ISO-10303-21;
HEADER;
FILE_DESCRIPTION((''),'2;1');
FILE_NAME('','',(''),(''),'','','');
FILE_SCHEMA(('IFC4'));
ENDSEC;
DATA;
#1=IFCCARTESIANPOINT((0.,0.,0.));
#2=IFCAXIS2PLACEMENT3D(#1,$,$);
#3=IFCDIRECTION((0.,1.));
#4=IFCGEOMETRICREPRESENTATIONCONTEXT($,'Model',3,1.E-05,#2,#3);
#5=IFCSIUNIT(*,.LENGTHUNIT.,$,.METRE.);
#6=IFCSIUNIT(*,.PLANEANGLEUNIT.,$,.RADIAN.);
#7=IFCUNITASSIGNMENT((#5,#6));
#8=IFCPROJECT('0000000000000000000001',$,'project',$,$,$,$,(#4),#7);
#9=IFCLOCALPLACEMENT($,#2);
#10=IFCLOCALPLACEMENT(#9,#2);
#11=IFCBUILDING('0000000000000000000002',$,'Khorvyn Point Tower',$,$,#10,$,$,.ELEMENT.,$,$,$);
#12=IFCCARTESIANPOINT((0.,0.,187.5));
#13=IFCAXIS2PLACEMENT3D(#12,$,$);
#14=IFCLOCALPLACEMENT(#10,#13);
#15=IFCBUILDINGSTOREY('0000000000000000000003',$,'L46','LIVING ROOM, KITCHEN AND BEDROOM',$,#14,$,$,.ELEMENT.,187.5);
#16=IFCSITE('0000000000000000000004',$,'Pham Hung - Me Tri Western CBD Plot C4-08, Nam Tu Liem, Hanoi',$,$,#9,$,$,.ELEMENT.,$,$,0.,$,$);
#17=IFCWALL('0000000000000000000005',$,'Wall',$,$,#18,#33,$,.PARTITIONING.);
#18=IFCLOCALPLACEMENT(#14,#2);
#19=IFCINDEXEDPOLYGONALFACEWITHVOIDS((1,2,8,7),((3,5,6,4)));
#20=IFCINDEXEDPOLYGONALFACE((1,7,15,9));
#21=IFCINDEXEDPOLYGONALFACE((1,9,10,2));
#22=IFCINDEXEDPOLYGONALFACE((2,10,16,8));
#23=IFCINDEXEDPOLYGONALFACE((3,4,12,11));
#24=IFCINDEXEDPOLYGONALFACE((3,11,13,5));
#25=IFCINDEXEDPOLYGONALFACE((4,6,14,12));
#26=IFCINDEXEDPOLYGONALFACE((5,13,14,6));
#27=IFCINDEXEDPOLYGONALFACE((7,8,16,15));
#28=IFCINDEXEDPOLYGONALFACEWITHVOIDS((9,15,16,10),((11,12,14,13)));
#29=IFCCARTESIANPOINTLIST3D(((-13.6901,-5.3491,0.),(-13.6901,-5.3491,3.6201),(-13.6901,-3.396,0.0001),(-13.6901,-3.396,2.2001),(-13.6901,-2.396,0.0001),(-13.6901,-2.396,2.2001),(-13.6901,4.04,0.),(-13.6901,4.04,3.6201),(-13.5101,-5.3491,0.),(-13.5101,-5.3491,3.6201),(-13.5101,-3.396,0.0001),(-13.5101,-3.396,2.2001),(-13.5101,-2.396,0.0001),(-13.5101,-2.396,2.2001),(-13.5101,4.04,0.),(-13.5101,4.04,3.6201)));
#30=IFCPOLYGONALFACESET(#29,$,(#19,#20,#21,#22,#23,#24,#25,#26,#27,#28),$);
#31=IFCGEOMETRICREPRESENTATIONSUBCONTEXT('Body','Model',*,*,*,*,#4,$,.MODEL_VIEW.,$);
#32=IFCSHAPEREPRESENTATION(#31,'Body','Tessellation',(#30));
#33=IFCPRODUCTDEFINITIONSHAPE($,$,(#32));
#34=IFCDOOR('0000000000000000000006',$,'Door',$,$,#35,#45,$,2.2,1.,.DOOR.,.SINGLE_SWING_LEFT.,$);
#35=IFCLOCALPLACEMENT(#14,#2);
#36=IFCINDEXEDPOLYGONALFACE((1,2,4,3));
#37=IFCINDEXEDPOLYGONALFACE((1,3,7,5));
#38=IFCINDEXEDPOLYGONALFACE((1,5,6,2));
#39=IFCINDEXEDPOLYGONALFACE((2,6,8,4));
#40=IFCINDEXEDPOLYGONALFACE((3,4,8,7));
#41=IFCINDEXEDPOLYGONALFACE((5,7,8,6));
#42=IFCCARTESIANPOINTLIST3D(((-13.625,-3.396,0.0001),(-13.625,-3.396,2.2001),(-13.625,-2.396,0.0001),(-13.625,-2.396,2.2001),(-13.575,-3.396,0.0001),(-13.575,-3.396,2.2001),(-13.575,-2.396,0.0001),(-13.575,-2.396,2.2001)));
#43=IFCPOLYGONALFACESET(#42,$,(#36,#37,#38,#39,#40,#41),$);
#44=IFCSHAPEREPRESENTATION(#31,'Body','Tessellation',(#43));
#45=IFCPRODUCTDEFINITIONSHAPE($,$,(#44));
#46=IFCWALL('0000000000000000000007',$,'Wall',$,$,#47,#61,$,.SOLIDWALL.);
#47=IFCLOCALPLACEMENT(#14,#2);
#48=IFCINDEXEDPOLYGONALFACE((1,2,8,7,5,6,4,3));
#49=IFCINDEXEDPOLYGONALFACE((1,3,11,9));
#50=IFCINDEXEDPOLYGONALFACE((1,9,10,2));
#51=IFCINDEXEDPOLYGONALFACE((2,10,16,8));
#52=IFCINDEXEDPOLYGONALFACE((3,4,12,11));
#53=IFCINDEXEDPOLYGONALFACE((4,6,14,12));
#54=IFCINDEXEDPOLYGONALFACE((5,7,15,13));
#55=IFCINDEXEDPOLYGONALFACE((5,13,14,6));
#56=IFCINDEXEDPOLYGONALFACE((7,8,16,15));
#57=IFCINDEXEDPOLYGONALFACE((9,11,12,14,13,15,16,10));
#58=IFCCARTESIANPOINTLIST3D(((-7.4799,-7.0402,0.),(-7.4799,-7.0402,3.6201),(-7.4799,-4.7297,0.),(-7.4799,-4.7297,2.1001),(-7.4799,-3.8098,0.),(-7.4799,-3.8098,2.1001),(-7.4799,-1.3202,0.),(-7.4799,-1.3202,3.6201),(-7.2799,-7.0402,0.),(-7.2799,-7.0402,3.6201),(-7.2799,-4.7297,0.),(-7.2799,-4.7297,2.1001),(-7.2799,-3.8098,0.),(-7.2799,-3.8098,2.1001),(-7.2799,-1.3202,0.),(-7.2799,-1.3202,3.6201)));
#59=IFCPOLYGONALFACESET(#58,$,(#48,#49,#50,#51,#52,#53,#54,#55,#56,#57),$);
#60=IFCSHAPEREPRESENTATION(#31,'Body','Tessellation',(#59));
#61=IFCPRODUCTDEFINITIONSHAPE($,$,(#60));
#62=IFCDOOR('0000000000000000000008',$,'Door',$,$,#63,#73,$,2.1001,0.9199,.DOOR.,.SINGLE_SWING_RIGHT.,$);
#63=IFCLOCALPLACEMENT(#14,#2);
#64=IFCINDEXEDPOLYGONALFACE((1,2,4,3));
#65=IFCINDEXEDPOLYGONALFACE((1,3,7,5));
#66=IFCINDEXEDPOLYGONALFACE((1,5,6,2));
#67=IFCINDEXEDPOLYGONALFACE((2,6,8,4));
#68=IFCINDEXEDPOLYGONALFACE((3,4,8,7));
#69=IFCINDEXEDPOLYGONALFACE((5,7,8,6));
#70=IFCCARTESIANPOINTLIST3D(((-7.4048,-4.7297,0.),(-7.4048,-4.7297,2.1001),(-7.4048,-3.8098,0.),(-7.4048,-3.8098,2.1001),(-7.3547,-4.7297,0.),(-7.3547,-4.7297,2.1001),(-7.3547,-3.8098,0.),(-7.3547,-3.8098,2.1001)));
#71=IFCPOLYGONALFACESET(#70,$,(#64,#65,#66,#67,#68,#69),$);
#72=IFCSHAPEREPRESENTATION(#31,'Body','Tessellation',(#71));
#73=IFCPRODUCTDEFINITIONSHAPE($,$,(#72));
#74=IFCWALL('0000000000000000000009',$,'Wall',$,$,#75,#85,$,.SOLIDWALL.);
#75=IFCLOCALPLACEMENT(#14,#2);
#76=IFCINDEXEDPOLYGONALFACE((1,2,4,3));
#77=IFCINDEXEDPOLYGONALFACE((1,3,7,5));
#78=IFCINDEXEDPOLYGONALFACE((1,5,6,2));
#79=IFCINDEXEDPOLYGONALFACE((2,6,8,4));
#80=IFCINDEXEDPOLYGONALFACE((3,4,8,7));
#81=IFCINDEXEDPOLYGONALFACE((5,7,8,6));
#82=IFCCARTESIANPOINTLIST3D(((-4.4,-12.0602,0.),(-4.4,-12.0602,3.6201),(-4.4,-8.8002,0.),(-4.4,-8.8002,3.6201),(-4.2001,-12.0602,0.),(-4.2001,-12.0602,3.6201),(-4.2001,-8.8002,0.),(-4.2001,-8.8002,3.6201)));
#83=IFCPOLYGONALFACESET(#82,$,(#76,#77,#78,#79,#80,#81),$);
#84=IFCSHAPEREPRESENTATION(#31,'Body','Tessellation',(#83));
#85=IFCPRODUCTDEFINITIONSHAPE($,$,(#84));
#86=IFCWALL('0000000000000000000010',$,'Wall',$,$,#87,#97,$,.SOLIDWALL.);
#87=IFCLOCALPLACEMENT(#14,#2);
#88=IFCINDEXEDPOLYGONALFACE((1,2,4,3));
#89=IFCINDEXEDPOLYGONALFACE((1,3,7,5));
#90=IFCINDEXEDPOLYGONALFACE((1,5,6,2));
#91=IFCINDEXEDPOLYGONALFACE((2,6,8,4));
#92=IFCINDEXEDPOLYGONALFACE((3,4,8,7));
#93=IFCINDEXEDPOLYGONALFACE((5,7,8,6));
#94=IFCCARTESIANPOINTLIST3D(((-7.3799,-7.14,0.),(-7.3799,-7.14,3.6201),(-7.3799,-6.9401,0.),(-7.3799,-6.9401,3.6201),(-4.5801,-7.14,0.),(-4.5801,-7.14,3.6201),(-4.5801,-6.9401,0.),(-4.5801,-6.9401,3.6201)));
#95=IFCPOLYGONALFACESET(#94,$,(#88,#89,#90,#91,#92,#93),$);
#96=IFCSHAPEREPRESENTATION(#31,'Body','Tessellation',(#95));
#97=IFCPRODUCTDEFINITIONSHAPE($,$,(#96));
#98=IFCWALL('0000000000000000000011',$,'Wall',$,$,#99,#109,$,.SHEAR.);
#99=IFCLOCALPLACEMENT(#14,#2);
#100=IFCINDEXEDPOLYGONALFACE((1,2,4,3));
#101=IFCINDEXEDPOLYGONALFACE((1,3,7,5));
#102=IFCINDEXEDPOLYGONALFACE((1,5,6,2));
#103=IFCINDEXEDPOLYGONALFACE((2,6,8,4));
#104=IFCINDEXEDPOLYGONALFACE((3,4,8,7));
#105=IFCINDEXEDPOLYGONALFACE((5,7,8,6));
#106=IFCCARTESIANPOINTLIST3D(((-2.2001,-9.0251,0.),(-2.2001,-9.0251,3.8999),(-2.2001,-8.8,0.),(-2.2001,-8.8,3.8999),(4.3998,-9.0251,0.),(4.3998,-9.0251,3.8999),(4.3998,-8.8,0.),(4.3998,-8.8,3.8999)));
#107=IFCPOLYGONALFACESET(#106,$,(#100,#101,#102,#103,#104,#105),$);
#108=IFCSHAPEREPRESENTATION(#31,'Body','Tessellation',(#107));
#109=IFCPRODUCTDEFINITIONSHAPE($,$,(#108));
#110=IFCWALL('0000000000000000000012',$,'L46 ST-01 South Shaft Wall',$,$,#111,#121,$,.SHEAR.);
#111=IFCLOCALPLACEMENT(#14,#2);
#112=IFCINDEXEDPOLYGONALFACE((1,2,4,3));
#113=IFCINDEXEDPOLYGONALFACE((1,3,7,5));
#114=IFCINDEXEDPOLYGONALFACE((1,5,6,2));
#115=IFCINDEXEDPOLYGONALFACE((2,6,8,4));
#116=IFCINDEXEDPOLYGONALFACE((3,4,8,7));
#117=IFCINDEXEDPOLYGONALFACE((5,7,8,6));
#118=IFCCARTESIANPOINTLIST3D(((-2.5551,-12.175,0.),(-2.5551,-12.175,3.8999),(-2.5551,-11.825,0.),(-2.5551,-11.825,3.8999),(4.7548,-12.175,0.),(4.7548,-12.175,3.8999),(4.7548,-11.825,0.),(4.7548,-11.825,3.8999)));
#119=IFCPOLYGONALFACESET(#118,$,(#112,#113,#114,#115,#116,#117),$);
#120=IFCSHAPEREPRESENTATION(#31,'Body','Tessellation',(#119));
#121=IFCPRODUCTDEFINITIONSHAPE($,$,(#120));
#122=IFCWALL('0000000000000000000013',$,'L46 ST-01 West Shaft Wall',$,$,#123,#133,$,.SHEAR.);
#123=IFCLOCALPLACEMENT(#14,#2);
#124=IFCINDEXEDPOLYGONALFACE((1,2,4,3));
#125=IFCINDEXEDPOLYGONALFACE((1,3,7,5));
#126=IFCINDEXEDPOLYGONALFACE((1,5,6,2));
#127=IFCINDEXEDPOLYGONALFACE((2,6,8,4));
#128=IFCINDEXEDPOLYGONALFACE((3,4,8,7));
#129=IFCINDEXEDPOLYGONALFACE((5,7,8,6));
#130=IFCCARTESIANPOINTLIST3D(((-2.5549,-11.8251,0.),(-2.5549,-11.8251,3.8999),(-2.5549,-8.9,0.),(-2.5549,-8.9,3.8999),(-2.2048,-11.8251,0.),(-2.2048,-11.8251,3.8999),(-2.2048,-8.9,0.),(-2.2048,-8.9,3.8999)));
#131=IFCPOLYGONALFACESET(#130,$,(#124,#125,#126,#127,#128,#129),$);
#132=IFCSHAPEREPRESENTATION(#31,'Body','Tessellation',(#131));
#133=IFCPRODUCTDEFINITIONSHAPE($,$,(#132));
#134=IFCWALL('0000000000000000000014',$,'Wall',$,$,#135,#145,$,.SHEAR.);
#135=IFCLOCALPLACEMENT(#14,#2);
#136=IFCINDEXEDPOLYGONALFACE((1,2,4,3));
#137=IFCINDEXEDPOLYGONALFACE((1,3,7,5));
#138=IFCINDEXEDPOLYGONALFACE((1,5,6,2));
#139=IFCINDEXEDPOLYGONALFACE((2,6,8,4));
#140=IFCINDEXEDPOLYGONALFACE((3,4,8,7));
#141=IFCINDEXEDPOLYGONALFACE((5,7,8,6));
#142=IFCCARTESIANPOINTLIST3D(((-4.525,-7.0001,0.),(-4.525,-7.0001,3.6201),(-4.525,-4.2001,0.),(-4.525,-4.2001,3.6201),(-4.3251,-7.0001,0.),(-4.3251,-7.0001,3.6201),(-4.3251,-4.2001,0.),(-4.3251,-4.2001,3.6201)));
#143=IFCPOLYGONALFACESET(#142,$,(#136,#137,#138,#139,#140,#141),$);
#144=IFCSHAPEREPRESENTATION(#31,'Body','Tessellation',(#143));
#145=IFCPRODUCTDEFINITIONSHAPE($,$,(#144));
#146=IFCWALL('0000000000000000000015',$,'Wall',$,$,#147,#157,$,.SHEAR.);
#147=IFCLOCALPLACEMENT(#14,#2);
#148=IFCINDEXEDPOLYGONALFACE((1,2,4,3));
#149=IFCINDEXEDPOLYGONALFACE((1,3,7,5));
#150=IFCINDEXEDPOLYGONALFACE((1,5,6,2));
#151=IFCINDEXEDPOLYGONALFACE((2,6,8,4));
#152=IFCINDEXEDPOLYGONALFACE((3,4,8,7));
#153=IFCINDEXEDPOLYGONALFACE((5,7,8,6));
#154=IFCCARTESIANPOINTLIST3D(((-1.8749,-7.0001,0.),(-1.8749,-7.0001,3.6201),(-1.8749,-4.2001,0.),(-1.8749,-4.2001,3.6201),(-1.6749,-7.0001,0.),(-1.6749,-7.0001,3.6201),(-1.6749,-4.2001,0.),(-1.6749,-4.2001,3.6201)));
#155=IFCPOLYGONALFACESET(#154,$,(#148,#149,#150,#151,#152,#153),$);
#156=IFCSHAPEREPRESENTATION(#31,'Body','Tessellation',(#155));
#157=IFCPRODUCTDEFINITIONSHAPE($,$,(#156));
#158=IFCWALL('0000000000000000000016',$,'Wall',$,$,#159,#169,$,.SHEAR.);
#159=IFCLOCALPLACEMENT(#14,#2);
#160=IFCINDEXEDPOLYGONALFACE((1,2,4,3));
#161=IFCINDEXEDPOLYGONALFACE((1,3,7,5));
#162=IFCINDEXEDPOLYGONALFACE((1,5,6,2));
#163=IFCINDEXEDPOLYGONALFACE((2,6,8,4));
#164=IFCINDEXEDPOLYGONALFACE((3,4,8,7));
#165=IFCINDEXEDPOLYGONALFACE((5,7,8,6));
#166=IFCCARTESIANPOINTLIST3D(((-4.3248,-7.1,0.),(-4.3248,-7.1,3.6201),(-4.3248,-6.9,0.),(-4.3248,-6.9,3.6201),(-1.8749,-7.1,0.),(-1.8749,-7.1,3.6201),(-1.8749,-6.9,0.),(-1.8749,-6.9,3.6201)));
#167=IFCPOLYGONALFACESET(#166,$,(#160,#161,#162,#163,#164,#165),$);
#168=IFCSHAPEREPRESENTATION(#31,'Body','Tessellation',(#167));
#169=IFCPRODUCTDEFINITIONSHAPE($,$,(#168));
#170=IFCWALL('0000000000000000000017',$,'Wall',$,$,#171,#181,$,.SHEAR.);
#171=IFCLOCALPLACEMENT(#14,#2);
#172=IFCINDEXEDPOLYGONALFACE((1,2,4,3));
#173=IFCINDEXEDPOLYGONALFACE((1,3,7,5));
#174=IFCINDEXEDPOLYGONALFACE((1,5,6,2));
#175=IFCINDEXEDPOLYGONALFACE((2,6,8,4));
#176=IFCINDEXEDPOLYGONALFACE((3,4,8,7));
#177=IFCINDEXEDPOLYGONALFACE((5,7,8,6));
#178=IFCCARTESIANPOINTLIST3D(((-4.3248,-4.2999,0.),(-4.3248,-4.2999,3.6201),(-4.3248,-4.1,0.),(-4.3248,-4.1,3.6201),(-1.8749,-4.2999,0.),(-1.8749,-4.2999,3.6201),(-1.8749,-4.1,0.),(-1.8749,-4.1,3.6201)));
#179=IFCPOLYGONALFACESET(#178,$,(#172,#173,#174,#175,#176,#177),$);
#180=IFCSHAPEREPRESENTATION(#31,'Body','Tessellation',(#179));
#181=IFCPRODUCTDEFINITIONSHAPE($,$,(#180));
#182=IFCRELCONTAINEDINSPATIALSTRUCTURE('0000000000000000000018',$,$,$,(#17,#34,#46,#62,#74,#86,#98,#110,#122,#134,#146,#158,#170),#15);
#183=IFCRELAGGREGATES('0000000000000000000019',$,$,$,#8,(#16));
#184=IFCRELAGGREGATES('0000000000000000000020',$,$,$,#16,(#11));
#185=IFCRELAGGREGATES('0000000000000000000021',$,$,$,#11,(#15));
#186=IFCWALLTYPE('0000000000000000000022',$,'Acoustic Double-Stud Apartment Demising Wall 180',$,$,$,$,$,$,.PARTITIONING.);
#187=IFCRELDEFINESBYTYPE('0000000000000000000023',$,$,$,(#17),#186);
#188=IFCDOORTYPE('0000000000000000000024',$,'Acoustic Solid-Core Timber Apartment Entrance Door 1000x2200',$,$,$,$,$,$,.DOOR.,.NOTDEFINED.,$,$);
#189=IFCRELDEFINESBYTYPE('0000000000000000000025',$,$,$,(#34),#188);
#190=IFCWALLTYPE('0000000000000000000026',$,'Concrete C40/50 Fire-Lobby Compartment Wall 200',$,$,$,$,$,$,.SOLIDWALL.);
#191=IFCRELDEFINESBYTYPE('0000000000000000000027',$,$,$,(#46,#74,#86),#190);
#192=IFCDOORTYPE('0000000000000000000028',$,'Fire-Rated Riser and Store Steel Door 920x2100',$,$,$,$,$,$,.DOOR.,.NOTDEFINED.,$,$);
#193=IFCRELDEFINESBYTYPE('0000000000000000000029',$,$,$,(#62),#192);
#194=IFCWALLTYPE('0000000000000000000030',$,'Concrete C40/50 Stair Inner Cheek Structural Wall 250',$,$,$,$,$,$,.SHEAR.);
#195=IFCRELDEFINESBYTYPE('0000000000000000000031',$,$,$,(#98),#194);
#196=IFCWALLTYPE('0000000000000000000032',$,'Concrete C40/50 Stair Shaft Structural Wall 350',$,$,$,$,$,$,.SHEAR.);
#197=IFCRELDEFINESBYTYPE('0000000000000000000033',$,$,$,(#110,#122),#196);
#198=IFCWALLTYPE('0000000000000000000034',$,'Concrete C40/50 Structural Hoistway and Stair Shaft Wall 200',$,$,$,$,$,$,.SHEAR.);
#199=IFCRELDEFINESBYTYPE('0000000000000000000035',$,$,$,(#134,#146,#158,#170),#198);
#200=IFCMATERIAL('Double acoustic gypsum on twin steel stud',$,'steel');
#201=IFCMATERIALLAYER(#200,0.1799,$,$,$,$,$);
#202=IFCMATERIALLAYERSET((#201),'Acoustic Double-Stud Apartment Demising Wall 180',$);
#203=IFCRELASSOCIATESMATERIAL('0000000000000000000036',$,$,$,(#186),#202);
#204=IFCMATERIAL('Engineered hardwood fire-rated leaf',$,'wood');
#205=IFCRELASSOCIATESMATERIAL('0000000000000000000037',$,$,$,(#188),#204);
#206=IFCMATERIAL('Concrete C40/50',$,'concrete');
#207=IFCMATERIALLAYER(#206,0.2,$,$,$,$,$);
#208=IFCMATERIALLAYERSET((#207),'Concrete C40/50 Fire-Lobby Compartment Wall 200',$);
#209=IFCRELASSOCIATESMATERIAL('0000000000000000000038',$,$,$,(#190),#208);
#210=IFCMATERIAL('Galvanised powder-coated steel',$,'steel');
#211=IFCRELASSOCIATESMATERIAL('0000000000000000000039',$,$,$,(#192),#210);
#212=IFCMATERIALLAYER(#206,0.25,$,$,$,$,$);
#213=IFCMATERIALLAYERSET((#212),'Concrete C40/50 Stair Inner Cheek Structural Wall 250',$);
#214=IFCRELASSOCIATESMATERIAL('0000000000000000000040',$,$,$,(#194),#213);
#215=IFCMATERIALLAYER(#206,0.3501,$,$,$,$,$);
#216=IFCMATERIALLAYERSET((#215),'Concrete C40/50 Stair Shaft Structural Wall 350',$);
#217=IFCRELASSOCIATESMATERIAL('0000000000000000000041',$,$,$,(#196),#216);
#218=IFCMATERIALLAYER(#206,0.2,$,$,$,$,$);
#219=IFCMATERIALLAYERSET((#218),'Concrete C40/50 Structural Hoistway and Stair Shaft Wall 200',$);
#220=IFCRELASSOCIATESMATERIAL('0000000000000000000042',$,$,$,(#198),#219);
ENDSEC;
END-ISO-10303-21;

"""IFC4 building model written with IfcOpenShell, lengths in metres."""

from ifc_helpers import new_model, si_unit, direction, frame, frame_2d, origin, place, context, subcontext, project, spatial, rectangle, extrude, material, layer, layer_set, type_object, element, fill, save


model = new_model("IFC4")

# Units and contexts
model_context = context("Model", 3, precision=1e-05, world=origin(), true_north=direction((0.0, 1.0)))
body_context = subcontext(model_context, "Body", "Model", "MODEL_VIEW")
ifc_project = project(units=[si_unit("LENGTHUNIT", "METRE"), si_unit("PLANEANGLEUNIT", "RADIAN")], contexts=[model_context])

# Site, building, storey
site_placement = place(None, origin())
site = spatial("IfcSite", under=ifc_project, at=site_placement, Name="Pham Hung - Me Tri Western CBD Plot C4-08, Nam Tu Liem, Hanoi", CompositionType="ELEMENT", RefElevation=0.0)
building_placement = place(site_placement, origin())
building = spatial("IfcBuilding", under=site, at=building_placement, Name="Khorvyn Point Tower", CompositionType="ELEMENT")
storey_placement = place(building_placement, frame((0.0, 0.0, 187.5)))
storey = spatial("IfcBuildingStorey", under=building, at=storey_placement, Name="L46", Description="LIVING ROOM, KITCHEN AND BEDROOM", CompositionType="ELEMENT", Elevation=187.5)

# Shared definitions
ifc_material_1 = material(Name="Concrete C40/50", Category="concrete")

# Walls, openings, doors
ifc_material_2 = material(Name="Double acoustic gypsum on twin steel stud", Category="steel")
ifc_layer_1 = layer(ifc_material_2, 0.1799)
ifc_layer_set_1 = layer_set([ifc_layer_1], Name="Acoustic Double-Stud Apartment Demising Wall 180")
wall_type_1 = type_object("IfcWallType", Name="Acoustic Double-Stud Apartment Demising Wall 180", PredefinedType="PARTITIONING", material=ifc_layer_set_1)
ifc_material_3 = material(Name="Engineered hardwood fire-rated leaf", Category="wood")
door_type_1 = type_object("IfcDoorType", Name="Acoustic Solid-Core Timber Apartment Entrance Door 1000x2200", OperationType="NOTDEFINED", PredefinedType="DOOR", material=ifc_material_3)
wall_1_placement = place(storey_placement, frame((-13.6001, -5.3491, 0.0), z_axis=(0.0, 0.0, 1.0), x_axis=(0.0, 1.0, 0.0)))
wall_1 = element("IfcWall", 1, at=wall_1_placement, inside=storey, type_object=wall_type_1, Name="Wall", PredefinedType="PARTITIONING", context=body_context, shape_type="SweptSolid", body=[
    extrude(rectangle(XDim=9.3892, YDim=0.1799, at=frame_2d((4.6946, 0.0))), origin(), (0.0, 0.0, 1.0), 3.6201),
])
opening_1_placement = place(wall_1_placement, frame((1.9531, 0.0, 0.0)))
opening_1 = element("IfcOpeningElement", 2, at=opening_1_placement, cuts=wall_1, PredefinedType="OPENING", context=body_context, shape_type="SweptSolid", body=[
    extrude(rectangle(XDim=1.0, YDim=2.2, at=frame_2d((0.5, 1.1001))), frame((0.0, 0.0999, 0.0), z_axis=(0.0, -1.0, 0.0), x_axis=(1.0, 0.0, 0.0)), (0.0, 0.0, 1.0), 0.2),
])
door_1_placement = place(opening_1_placement, origin())
door_1 = element("IfcDoor", 3, at=door_1_placement, inside=storey, type_object=door_type_1, Name="Door", OperationType="SINGLE_SWING_LEFT", OverallHeight=2.2, OverallWidth=1.0, PredefinedType="DOOR", context=body_context, shape_type="SweptSolid", body=[
    extrude(rectangle(XDim=1.0, YDim=2.2, at=frame_2d((0.5, 1.1001))), frame((0.0, 0.0249, 0.0), z_axis=(0.0, -1.0, 0.0), x_axis=(1.0, 0.0, 0.0)), (0.0, 0.0, 1.0), 0.05),
])
fill(opening_1, door_1)
ifc_layer_2 = layer(ifc_material_1, 0.2)
ifc_layer_set_2 = layer_set([ifc_layer_2], Name="Concrete C40/50 Fire-Lobby Compartment Wall 200")
wall_type_2 = type_object("IfcWallType", Name="Concrete C40/50 Fire-Lobby Compartment Wall 200", PredefinedType="SOLIDWALL", material=ifc_layer_set_2)
ifc_material_4 = material(Name="Galvanised powder-coated steel", Category="steel")
wall_2_placement = place(storey_placement, frame((-7.3799, -7.04, 0.0), z_axis=(0.0, 0.0, 1.0), x_axis=(0.0, 1.0, 0.0)))
wall_2 = element("IfcWall", 4, at=wall_2_placement, inside=storey, type_object=wall_type_2, Name="Wall", PredefinedType="SOLIDWALL", context=body_context, shape_type="SweptSolid", body=[
    extrude(rectangle(XDim=5.72, YDim=0.2, at=frame_2d((2.8599, 0.0))), origin(), (0.0, 0.0, 1.0), 3.6201),
])
opening_2_placement = place(wall_2_placement, frame((2.3103, 0.0, 0.0)))
opening_2 = element("IfcOpeningElement", 5, at=opening_2_placement, cuts=wall_2, PredefinedType="OPENING", context=body_context, shape_type="SweptSolid", body=[
    extrude(rectangle(XDim=0.9199, YDim=2.1001, at=frame_2d((0.46, 1.05))), frame((0.0, 0.1099, 0.0), z_axis=(0.0, -1.0, 0.0), x_axis=(1.0, 0.0, 0.0)), (0.0, 0.0, 1.0), 0.22),
])
door_type_2 = type_object("IfcDoorType", Name="Fire-Rated Riser and Store Steel Door 920x2100", OperationType="NOTDEFINED", PredefinedType="DOOR", material=ifc_material_4)
door_2_placement = place(opening_2_placement, origin())
door_2 = element("IfcDoor", 6, at=door_2_placement, inside=storey, type_object=door_type_2, Name="Door", OperationType="SINGLE_SWING_RIGHT", OverallHeight=2.1001, OverallWidth=0.9199, PredefinedType="DOOR", context=body_context, shape_type="SweptSolid", body=[
    extrude(rectangle(XDim=0.9199, YDim=2.1001, at=frame_2d((0.46, 1.05))), frame((0.0, 0.0249, 0.0), z_axis=(0.0, -1.0, 0.0), x_axis=(1.0, 0.0, 0.0)), (0.0, 0.0, 1.0), 0.05),
])
fill(opening_2, door_2)

# Walls
wall_3_placement = place(storey_placement, frame((-4.3, -12.0601, 0.0), z_axis=(0.0, 0.0, 1.0), x_axis=(0.0, 1.0, 0.0)))
element("IfcWall", 7, at=wall_3_placement, inside=storey, type_object=wall_type_2, Name="Wall", PredefinedType="SOLIDWALL", context=body_context, shape_type="SweptSolid", body=[
    extrude(rectangle(XDim=3.26, YDim=0.2, at=frame_2d((1.6299, 0.0))), origin(), (0.0, 0.0, 1.0), 3.6201),
])
wall_4_placement = place(storey_placement, frame((-7.3799, -7.04, 0.0), z_axis=(0.0, 0.0, 1.0), x_axis=(1.0, 0.0, 0.0)))
element("IfcWall", 8, at=wall_4_placement, inside=storey, type_object=wall_type_2, Name="Wall", PredefinedType="SOLIDWALL", context=body_context, shape_type="SweptSolid", body=[
    extrude(rectangle(XDim=2.7998, YDim=0.2, at=frame_2d((1.3999, 0.0))), origin(), (0.0, 0.0, 1.0), 3.6201),
])
ifc_layer_3 = layer(ifc_material_1, 0.25)
ifc_layer_set_3 = layer_set([ifc_layer_3], Name="Concrete C40/50 Stair Inner Cheek Structural Wall 250")
wall_type_3 = type_object("IfcWallType", Name="Concrete C40/50 Stair Inner Cheek Structural Wall 250", PredefinedType="SHEAR", material=ifc_layer_set_3)
wall_5_placement = place(storey_placement, frame((-2.2, -8.9126, 0.0), z_axis=(0.0, 0.0, 1.0), x_axis=(1.0, 0.0, 0.0)))
element("IfcWall", 9, at=wall_5_placement, inside=storey, type_object=wall_type_3, Name="Wall", PredefinedType="SHEAR", context=body_context, shape_type="SweptSolid", body=[
    extrude(rectangle(XDim=6.5999, YDim=0.2251, at=frame_2d((3.2998, 0.0))), origin(), (0.0, 0.0, 1.0), 3.8999),
])
ifc_layer_4 = layer(ifc_material_1, 0.3501)
ifc_layer_set_4 = layer_set([ifc_layer_4], Name="Concrete C40/50 Stair Shaft Structural Wall 350")
wall_type_4 = type_object("IfcWallType", Name="Concrete C40/50 Stair Shaft Structural Wall 350", PredefinedType="SHEAR", material=ifc_layer_set_4)
wall_6_placement = place(storey_placement, frame((-2.5549, -12.0, 0.0), z_axis=(0.0, 0.0, 1.0), x_axis=(1.0, 0.0, 0.0)))
element("IfcWall", 10, at=wall_6_placement, inside=storey, type_object=wall_type_4, Name="L46 ST-01 South Shaft Wall", PredefinedType="SHEAR", context=body_context, shape_type="SweptSolid", body=[
    extrude(rectangle(XDim=7.3098, YDim=0.3501, at=frame_2d((3.6548, 0.0))), origin(), (0.0, 0.0, 1.0), 3.8999),
])
wall_7_placement = place(storey_placement, frame((-2.3799, -11.825, 0.0), z_axis=(0.0, 0.0, 1.0), x_axis=(0.0, 1.0, 0.0)))
element("IfcWall", 11, at=wall_7_placement, inside=storey, type_object=wall_type_4, Name="L46 ST-01 West Shaft Wall", PredefinedType="SHEAR", context=body_context, shape_type="SweptSolid", body=[
    extrude(rectangle(XDim=2.925, YDim=0.3501, at=frame_2d((1.4624, 0.0))), origin(), (0.0, 0.0, 1.0), 3.8999),
])
ifc_layer_5 = layer(ifc_material_1, 0.2)
ifc_layer_set_5 = layer_set([ifc_layer_5], Name="Concrete C40/50 Structural Hoistway and Stair Shaft Wall 200")
wall_type_5 = type_object("IfcWallType", Name="Concrete C40/50 Structural Hoistway and Stair Shaft Wall 200", PredefinedType="SHEAR", material=ifc_layer_set_5)
for number, where, z_axis, x_axis, name in (
    (12, (-4.425, -7.0, 0.0), (0.0, 0.0, 1.0), (0.0, 1.0, 0.0), "Wall"),
    (13, (-1.7749, -7.0, 0.0), (0.0, 0.0, 1.0), (0.0, 1.0, 0.0), "Wall"),
):
    element("IfcWall", number, at=place(storey_placement, frame(where, z_axis=z_axis, x_axis=x_axis)), inside=storey, type_object=wall_type_5, Name=name, PredefinedType="SHEAR", context=body_context, shape_type="SweptSolid", body=[
        extrude(rectangle(XDim=2.8, YDim=0.2, at=frame_2d((1.3999, 0.0))), origin(), (0.0, 0.0, 1.0), 3.6201),
    ])
for number, where, z_axis, x_axis, name in (
    (14, (-4.325, -7.0, 0.0), (0.0, 0.0, 1.0), (1.0, 0.0, 0.0), "Wall"),
    (15, (-4.325, -4.2, 0.0), (0.0, 0.0, 1.0), (1.0, 0.0, 0.0), "Wall"),
):
    element("IfcWall", number, at=place(storey_placement, frame(where, z_axis=z_axis, x_axis=x_axis)), inside=storey, type_object=wall_type_5, Name=name, PredefinedType="SHEAR", context=body_context, shape_type="SweptSolid", body=[
        extrude(rectangle(XDim=2.45, YDim=0.2, at=frame_2d((1.2251, 0.0))), origin(), (0.0, 0.0, 1.0), 3.6201),
    ])

save(model, "model.ifc")
